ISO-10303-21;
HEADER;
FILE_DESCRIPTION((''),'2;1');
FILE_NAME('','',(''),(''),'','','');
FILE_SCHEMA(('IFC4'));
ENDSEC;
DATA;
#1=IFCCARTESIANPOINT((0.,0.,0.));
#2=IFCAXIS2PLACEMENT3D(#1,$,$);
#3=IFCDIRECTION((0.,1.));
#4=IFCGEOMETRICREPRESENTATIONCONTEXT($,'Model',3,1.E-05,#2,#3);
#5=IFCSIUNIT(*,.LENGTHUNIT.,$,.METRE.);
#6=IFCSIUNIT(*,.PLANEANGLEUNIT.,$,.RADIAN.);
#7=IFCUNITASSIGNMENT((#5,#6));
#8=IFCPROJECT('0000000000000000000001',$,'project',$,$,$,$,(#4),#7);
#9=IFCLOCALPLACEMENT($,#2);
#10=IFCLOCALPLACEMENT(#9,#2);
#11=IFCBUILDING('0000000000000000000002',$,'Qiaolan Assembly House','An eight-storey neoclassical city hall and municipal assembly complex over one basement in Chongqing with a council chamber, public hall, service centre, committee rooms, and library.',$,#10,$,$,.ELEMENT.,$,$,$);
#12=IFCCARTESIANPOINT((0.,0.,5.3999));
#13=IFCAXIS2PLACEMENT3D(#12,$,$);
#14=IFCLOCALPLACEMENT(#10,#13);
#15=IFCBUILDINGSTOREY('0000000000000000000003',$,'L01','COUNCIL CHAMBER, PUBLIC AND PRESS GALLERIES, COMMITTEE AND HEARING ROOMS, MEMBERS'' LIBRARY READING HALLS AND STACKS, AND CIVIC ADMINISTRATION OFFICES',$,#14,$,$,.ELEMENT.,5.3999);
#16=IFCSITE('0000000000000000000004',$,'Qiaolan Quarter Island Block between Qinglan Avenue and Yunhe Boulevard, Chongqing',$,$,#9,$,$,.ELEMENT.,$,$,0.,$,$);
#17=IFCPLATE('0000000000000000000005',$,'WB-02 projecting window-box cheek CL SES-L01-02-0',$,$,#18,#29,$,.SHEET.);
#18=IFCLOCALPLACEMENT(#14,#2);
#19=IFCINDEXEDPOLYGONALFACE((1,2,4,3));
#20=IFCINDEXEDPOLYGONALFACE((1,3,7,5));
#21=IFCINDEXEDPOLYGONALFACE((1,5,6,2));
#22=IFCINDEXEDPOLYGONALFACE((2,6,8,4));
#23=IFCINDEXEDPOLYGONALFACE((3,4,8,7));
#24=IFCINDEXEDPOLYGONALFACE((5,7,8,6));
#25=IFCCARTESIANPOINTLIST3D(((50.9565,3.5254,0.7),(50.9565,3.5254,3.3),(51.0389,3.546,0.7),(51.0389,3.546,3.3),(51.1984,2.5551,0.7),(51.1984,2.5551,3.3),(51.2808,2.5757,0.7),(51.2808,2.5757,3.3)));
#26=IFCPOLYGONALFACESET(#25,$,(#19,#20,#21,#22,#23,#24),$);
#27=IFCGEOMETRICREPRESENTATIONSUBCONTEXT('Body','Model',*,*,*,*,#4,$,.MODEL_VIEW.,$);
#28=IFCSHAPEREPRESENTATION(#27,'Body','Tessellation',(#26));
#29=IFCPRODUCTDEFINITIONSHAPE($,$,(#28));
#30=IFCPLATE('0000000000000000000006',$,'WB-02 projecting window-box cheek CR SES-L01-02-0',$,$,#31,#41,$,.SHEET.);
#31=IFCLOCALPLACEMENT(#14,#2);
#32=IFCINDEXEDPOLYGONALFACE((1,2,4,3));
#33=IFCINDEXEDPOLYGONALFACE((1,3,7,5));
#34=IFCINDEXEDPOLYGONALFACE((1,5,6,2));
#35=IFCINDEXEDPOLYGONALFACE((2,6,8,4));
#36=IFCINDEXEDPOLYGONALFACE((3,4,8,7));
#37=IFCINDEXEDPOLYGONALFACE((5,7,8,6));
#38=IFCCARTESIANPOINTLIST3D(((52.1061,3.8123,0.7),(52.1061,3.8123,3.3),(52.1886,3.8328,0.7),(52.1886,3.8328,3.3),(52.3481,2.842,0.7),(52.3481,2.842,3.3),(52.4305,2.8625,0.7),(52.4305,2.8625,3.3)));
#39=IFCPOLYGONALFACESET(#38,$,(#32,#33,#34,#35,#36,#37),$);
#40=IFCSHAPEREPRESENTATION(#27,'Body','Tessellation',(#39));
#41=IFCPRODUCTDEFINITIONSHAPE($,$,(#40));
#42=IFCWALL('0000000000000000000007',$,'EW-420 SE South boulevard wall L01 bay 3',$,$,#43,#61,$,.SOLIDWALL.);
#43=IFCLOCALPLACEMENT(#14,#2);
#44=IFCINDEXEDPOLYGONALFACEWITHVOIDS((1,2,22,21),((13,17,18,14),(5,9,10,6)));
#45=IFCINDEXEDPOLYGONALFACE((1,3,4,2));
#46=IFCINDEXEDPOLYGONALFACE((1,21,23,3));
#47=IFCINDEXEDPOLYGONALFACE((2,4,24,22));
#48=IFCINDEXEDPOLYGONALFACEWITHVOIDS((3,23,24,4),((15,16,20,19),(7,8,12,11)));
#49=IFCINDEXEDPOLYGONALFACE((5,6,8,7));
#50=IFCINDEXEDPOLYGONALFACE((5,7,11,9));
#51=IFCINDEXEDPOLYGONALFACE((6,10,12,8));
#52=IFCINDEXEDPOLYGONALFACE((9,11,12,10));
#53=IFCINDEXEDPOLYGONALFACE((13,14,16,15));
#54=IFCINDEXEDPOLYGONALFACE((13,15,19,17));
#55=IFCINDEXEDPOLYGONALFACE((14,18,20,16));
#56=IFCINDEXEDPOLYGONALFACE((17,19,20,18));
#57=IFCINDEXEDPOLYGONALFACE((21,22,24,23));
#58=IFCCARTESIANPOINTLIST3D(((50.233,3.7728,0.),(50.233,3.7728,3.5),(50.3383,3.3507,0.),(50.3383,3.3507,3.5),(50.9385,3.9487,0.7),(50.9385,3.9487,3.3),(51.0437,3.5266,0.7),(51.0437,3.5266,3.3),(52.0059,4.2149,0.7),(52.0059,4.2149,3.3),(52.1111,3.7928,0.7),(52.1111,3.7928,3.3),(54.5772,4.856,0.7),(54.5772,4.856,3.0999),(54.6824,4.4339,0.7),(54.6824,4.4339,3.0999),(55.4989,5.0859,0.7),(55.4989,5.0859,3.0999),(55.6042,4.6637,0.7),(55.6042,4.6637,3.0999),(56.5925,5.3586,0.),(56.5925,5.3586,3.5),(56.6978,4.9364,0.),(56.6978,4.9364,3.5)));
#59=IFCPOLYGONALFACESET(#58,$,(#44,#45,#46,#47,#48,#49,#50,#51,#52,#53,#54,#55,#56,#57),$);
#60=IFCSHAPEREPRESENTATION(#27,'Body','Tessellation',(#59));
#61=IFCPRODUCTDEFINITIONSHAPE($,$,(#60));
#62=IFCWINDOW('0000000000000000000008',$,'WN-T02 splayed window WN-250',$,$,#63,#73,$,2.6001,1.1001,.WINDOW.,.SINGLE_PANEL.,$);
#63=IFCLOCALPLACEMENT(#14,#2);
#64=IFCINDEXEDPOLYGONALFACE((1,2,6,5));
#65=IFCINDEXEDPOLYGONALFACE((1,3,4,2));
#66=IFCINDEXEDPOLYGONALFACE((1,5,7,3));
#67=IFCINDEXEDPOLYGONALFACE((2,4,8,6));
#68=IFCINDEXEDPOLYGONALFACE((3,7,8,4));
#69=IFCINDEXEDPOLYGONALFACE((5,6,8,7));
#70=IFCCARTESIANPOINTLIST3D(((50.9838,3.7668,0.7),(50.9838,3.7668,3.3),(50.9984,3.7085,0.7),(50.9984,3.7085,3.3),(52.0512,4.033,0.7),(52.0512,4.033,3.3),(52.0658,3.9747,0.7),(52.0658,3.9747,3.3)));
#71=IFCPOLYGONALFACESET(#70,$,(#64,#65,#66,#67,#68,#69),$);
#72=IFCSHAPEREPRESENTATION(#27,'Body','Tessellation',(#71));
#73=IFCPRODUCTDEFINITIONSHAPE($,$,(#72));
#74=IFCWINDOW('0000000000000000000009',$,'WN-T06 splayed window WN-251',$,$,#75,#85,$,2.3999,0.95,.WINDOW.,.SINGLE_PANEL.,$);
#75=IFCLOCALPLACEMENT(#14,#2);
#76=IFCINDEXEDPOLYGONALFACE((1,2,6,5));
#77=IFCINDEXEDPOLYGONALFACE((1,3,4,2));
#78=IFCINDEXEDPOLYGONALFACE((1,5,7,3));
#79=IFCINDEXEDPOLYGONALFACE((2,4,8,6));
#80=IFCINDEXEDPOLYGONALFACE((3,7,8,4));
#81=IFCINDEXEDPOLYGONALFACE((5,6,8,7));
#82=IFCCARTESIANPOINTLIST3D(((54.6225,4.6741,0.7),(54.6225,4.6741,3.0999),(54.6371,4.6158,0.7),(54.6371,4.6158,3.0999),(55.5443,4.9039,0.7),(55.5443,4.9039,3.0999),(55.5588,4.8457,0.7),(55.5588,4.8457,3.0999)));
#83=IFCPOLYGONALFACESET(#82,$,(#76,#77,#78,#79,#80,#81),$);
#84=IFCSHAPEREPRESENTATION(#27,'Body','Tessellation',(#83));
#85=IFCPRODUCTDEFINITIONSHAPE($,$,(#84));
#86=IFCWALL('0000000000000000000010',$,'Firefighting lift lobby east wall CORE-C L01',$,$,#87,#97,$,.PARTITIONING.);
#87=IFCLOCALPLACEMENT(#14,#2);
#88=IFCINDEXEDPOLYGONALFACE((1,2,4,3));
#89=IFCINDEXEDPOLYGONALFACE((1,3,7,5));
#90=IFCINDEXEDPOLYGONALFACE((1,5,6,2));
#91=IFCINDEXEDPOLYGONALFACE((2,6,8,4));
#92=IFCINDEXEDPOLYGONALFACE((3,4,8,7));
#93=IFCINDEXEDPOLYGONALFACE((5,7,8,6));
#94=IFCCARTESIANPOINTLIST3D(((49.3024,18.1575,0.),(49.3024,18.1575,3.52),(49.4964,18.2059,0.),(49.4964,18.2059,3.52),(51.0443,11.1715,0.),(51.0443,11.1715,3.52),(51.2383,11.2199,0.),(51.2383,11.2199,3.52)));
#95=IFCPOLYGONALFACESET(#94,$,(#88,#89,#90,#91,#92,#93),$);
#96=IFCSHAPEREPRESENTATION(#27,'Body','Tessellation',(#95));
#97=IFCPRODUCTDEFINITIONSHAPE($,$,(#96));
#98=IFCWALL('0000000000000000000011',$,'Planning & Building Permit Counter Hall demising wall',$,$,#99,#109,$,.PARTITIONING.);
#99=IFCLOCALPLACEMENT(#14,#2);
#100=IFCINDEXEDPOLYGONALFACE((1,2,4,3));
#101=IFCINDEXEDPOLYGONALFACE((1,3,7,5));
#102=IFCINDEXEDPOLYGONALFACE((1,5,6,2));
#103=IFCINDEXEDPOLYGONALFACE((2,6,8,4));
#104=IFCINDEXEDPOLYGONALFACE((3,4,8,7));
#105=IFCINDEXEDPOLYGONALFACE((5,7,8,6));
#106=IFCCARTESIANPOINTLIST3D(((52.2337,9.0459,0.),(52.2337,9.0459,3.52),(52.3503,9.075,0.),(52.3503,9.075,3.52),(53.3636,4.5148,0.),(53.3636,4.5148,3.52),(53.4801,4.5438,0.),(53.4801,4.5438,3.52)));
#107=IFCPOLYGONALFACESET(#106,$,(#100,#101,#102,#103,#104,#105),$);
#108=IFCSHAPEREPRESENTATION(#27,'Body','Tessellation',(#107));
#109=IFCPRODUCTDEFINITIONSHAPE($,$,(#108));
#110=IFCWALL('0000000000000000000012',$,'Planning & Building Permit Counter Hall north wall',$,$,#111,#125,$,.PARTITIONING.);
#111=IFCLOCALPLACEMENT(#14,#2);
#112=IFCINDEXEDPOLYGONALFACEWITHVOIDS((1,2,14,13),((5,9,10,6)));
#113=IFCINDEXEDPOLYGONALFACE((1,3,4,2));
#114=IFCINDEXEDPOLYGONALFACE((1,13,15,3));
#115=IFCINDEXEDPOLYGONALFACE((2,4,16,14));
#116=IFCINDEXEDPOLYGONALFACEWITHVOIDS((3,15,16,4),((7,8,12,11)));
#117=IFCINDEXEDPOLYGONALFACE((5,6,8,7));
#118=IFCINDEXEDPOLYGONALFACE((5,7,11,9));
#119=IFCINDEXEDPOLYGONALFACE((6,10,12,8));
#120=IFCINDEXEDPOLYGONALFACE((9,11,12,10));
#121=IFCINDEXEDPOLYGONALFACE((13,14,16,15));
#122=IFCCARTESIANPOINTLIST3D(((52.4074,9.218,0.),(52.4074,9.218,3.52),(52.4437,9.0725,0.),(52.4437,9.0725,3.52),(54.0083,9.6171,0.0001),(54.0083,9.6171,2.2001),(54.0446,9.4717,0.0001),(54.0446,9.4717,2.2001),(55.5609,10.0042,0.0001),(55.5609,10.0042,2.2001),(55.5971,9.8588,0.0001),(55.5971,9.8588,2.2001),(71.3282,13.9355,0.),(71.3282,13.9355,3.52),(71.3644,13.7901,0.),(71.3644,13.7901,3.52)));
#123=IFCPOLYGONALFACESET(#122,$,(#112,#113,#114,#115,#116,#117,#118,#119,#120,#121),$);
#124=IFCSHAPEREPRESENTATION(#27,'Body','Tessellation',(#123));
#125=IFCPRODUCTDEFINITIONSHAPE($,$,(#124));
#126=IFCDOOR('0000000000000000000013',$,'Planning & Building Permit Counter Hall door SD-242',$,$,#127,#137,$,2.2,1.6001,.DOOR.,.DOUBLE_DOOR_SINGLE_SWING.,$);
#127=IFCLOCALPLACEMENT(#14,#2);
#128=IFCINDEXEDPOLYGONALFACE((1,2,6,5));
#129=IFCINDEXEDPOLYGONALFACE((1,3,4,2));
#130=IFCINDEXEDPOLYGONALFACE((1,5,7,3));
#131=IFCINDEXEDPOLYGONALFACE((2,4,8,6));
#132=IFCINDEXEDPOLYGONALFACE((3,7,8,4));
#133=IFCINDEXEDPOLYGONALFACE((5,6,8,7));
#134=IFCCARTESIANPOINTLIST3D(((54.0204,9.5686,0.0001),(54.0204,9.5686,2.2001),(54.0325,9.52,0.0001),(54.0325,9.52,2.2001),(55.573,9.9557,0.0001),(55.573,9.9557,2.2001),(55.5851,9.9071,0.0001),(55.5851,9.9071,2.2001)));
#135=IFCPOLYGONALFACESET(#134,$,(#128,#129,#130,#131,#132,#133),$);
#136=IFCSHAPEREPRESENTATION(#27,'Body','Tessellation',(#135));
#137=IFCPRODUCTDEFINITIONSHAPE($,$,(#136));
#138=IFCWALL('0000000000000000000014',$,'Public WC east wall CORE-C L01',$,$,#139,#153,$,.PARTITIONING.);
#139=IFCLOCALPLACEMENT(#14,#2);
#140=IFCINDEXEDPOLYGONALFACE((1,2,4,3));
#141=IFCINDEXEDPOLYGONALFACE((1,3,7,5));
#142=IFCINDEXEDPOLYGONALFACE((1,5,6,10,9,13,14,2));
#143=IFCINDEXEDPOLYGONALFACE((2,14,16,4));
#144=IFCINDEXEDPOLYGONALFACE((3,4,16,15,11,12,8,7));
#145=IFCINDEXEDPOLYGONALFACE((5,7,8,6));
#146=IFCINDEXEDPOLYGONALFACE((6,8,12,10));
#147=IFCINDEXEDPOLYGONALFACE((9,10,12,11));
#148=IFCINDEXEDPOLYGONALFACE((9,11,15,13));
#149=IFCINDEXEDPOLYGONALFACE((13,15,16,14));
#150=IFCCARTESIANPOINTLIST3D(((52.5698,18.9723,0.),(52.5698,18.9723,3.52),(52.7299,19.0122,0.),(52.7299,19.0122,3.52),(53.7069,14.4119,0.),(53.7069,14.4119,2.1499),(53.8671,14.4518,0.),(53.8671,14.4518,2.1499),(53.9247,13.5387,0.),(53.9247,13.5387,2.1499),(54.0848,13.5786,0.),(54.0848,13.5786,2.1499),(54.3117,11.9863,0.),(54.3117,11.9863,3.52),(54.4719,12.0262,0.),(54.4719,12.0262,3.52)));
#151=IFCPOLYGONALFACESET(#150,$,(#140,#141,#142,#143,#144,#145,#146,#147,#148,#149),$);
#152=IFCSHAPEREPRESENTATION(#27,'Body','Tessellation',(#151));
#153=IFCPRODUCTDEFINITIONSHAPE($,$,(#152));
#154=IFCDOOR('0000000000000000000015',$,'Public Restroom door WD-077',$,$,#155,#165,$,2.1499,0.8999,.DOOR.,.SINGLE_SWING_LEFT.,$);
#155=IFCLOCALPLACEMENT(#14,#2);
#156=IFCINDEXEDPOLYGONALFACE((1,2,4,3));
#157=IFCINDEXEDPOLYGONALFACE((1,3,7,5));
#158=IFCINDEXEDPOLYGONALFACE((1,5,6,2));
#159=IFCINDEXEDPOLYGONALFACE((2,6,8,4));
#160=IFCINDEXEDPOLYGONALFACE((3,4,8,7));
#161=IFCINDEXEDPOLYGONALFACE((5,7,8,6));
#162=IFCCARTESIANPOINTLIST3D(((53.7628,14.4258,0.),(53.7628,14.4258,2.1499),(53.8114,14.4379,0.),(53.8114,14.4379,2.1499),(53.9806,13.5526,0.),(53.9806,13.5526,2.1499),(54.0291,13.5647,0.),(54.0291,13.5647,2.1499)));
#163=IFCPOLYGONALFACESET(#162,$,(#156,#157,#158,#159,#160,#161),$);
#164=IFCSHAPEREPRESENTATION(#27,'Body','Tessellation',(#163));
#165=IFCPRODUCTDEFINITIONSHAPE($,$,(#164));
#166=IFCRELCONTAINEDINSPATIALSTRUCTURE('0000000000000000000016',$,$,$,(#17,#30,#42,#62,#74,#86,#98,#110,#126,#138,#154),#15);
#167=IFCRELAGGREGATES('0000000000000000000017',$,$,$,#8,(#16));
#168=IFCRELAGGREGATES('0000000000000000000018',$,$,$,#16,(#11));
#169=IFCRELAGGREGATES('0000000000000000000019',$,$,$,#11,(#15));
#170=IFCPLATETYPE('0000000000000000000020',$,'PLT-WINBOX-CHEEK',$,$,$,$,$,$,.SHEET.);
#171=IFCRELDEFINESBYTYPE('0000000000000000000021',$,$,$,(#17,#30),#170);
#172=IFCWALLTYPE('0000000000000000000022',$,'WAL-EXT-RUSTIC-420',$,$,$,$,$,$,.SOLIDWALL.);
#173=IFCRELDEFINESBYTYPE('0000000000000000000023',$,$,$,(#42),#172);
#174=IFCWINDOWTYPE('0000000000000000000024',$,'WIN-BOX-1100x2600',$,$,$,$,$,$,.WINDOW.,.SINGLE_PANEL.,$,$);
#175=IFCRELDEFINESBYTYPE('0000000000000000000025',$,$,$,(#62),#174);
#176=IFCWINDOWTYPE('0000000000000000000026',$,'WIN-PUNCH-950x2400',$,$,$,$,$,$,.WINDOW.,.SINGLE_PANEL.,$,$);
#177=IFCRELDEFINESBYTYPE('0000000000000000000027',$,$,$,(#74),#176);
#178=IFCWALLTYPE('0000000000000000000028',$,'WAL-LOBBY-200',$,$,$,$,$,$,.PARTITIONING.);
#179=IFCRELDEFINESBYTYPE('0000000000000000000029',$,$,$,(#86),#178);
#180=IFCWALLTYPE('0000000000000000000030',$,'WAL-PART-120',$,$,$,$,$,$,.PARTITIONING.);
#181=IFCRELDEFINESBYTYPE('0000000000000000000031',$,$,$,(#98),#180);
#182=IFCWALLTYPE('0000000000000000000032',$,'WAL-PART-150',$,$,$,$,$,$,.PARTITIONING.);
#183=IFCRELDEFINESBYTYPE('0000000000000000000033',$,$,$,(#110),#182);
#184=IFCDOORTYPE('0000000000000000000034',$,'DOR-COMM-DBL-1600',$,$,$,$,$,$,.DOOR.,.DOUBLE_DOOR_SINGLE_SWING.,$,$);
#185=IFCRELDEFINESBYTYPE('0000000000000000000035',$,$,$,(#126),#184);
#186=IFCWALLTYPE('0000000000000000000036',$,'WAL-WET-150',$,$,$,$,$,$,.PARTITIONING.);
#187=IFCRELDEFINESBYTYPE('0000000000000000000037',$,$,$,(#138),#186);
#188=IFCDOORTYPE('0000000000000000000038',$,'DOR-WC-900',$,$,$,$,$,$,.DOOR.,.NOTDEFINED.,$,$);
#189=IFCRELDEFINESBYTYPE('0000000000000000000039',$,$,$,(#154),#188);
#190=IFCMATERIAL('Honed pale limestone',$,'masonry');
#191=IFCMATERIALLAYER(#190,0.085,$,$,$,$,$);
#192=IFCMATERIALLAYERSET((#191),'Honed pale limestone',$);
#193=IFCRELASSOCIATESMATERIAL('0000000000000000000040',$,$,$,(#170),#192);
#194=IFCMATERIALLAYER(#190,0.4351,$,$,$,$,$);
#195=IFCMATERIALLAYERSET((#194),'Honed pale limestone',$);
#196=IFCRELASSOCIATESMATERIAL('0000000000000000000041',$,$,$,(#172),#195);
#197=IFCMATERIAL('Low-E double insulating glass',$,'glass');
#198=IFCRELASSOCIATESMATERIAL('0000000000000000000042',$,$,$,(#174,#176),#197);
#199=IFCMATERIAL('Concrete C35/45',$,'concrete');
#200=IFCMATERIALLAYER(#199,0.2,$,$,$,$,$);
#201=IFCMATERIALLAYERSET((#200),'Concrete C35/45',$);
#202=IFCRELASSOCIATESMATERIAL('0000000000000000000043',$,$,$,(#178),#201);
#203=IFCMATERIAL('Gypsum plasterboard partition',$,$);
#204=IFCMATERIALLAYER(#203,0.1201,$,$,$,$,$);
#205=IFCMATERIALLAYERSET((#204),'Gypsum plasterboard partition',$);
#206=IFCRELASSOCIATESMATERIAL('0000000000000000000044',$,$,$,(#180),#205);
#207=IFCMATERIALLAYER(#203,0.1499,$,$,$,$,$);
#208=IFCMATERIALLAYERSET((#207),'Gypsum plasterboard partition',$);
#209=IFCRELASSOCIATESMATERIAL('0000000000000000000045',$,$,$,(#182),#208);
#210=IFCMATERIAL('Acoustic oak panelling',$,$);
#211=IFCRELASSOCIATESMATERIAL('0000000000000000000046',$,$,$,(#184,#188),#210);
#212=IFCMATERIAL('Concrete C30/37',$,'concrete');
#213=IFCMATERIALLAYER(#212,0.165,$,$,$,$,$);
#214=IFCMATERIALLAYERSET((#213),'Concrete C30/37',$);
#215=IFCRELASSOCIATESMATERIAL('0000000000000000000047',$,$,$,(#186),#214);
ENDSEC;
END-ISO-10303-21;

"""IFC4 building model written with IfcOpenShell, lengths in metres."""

from ifc_helpers import new_model, si_unit, direction, frame, frame_2d, origin, origin_2d, place, context, subcontext, project, spatial, rectangle, extrude, material, layer, layer_set, type_object, element, fill, save


model = new_model("IFC4")

# Units and contexts
model_context = context("Model", 3, precision=1e-05, world=origin(), true_north=direction((0.0, 1.0)))
body_context = subcontext(model_context, "Body", "Model", "MODEL_VIEW")
ifc_project = project(units=[si_unit("LENGTHUNIT", "METRE"), si_unit("PLANEANGLEUNIT", "RADIAN")], contexts=[model_context])

# Site, building, storey
site_placement = place(None, origin())
site = spatial("IfcSite", under=ifc_project, at=site_placement, Name="Qiaolan Quarter Island Block between Qinglan Avenue and Yunhe Boulevard, Chongqing", CompositionType="ELEMENT", RefElevation=0.0)
building_placement = place(site_placement, origin())
building = spatial("IfcBuilding", under=site, at=building_placement, Name="Qiaolan Assembly House", Description="An eight-storey neoclassical city hall and municipal assembly complex over one basement in Chongqing with a council chamber, public hall, service centre, committee rooms, and library.", CompositionType="ELEMENT")
storey_placement = place(building_placement, frame((0.0, 0.0, 5.3999)))
storey = spatial("IfcBuildingStorey", under=building, at=storey_placement, Name="L01", Description="COUNCIL CHAMBER, PUBLIC AND PRESS GALLERIES, COMMITTEE AND HEARING ROOMS, MEMBERS' LIBRARY READING HALLS AND STACKS, AND CIVIC ADMINISTRATION OFFICES", CompositionType="ELEMENT", Elevation=5.3999)

# Plates
ifc_material_1 = material(Name="Honed pale limestone", Category="masonry")
ifc_layer_1 = layer(ifc_material_1, 0.085)
ifc_layer_set_1 = layer_set([ifc_layer_1], Name="Honed pale limestone")
plate_type = type_object("IfcPlateType", Name="PLT-WINBOX-CHEEK", PredefinedType="SHEET", material=ifc_layer_set_1)
for number, where, z_axis, x_axis, name in (
    (1, (51.1187, 3.0505, 0.7), (0.0, 0.0, 1.0), (0.970296, 0.241922, 0.0), "WB-02 projecting window-box cheek CL SES-L01-02-0"),
    (2, (52.2683, 3.3374, 0.7), (0.0, 0.0, 1.0), (0.970296, 0.241922, 0.0), "WB-02 projecting window-box cheek CR SES-L01-02-0"),
):
    element("IfcPlate", number, at=place(storey_placement, frame(where, z_axis=z_axis, x_axis=x_axis)), inside=storey, type_object=plate_type, Name=name, PredefinedType="SHEET", context=body_context, shape_type="SweptSolid", body=[
        extrude(rectangle(XDim=0.085, YDim=1.0, at=origin_2d()), origin(), (0.0, 0.0, 1.0), 2.6001),
    ])

# Wall, openings, windows
ifc_layer_2 = layer(ifc_material_1, 0.4351)
ifc_layer_set_2 = layer_set([ifc_layer_2], Name="Honed pale limestone")
wall_type_1 = type_object("IfcWallType", Name="WAL-EXT-RUSTIC-420", PredefinedType="SOLIDWALL", material=ifc_layer_set_2)
wall_1_placement = place(storey_placement, frame((50.2856, 3.5618, 0.0), z_axis=(0.0, 0.0, 1.0), x_axis=(0.970291, 0.24194, 0.0)))
wall_1 = element("IfcWall", 3, at=wall_1_placement, inside=storey, type_object=wall_type_1, Name="EW-420 SE South boulevard wall L01 bay 3", PredefinedType="SOLIDWALL", context=body_context, shape_type="SweptSolid", body=[
    extrude(rectangle(XDim=6.5542, YDim=0.4351, at=frame_2d((3.2771, 0.0))), origin(), (0.0, 0.0, 1.0), 3.5),
])
opening_1_placement = place(wall_1_placement, frame((0.7271, 0.0, 0.7)))
opening_1 = element("IfcOpeningElement", 4, at=opening_1_placement, cuts=wall_1, PredefinedType="OPENING", context=body_context, shape_type="SweptSolid", body=[
    extrude(rectangle(XDim=1.1001, YDim=2.6001, at=frame_2d((0.55, 1.3))), frame((0.0, 0.2275, 0.0), z_axis=(0.0, -1.0, 0.0), x_axis=(1.0, 0.0, 0.0)), (0.0, 0.0, 1.0), 0.4551),
])
opening_2_placement = place(wall_1_placement, frame((4.4771, 0.0, 0.7)))
opening_2 = element("IfcOpeningElement", 5, at=opening_2_placement, cuts=wall_1, PredefinedType="OPENING", context=body_context, shape_type="SweptSolid", body=[
    extrude(rectangle(XDim=0.95, YDim=2.3999, at=frame_2d((0.4751, 1.2))), frame((0.0, 0.2275, 0.0), z_axis=(0.0, -1.0, 0.0), x_axis=(1.0, 0.0, 0.0)), (0.0, 0.0, 1.0), 0.4551),
])
ifc_material_2 = material(Name="Low-E double insulating glass", Category="glass")
window_type_1 = type_object("IfcWindowType", Name="WIN-BOX-1100x2600", PartitioningType="SINGLE_PANEL", PredefinedType="WINDOW", material=ifc_material_2)
window_1_placement = place(opening_1_placement, origin())
window_1 = element("IfcWindow", 6, at=window_1_placement, inside=storey, type_object=window_type_1, Name="WN-T02 splayed window WN-250", OverallHeight=2.6001, OverallWidth=1.1001, PartitioningType="SINGLE_PANEL", PredefinedType="WINDOW", context=body_context, shape_type="SweptSolid", body=[
    extrude(rectangle(XDim=1.1001, YDim=2.6001, at=frame_2d((0.55, 1.3))), frame((0.0, 0.03, 0.0), z_axis=(0.0, -1.0, 0.0), x_axis=(1.0, 0.0, 0.0)), (0.0, 0.0, 1.0), 0.0601),
])
fill(opening_1, window_1)
window_type_2 = type_object("IfcWindowType", Name="WIN-PUNCH-950x2400", PartitioningType="SINGLE_PANEL", PredefinedType="WINDOW", material=ifc_material_2)
window_2_placement = place(opening_2_placement, origin())
window_2 = element("IfcWindow", 7, at=window_2_placement, inside=storey, type_object=window_type_2, Name="WN-T06 splayed window WN-251", OverallHeight=2.3999, OverallWidth=0.95, PartitioningType="SINGLE_PANEL", PredefinedType="WINDOW", context=body_context, shape_type="SweptSolid", body=[
    extrude(rectangle(XDim=0.95, YDim=2.3999, at=frame_2d((0.4751, 1.2))), frame((0.0, 0.03, 0.0), z_axis=(0.0, -1.0, 0.0), x_axis=(1.0, 0.0, 0.0)), (0.0, 0.0, 1.0), 0.0601),
])
fill(opening_2, window_2)

# Walls
ifc_material_3 = material(Name="Concrete C35/45", Category="concrete")
ifc_layer_3 = layer(ifc_material_3, 0.2)
ifc_layer_set_3 = layer_set([ifc_layer_3], Name="Concrete C35/45")
wall_type_2 = type_object("IfcWallType", Name="WAL-LOBBY-200", PredefinedType="PARTITIONING", material=ifc_layer_set_3)
wall_2_placement = place(storey_placement, frame((51.1414, 11.1956, 0.0), z_axis=(0.0, 0.0, 1.0), x_axis=(-0.241937, 0.970292, 0.0)))
element("IfcWall", 8, at=wall_2_placement, inside=storey, type_object=wall_type_2, Name="Firefighting lift lobby east wall CORE-C L01", PredefinedType="PARTITIONING", context=body_context, shape_type="SweptSolid", body=[
    extrude(rectangle(XDim=7.2, YDim=0.2, at=frame_2d((3.6001, 0.0))), origin(), (0.0, 0.0, 1.0), 3.52),
])
ifc_material_4 = material(Name="Gypsum plasterboard partition")
ifc_layer_4 = layer(ifc_material_4, 0.1201)
ifc_layer_set_4 = layer_set([ifc_layer_4], Name="Gypsum plasterboard partition")
wall_type_3 = type_object("IfcWallType", Name="WAL-PART-120", PredefinedType="PARTITIONING", material=ifc_layer_set_4)
wall_3_placement = place(storey_placement, frame((53.4219, 4.5293, 0.0), z_axis=(0.0, 0.0, 1.0), x_axis=(-0.241945, 0.97029, 0.0)))
element("IfcWall", 9, at=wall_3_placement, inside=storey, type_object=wall_type_3, Name="Planning & Building Permit Counter Hall demising wall", PredefinedType="PARTITIONING", context=body_context, shape_type="SweptSolid", body=[
    extrude(rectangle(XDim=4.6699, YDim=0.1201, at=frame_2d((2.335, 0.0))), origin(), (0.0, 0.0, 1.0), 3.52),
])

# Walls, openings, doors
ifc_layer_5 = layer(ifc_material_4, 0.1499)
ifc_layer_set_5 = layer_set([ifc_layer_5], Name="Gypsum plasterboard partition")
wall_type_4 = type_object("IfcWallType", Name="WAL-PART-150", PredefinedType="PARTITIONING", material=ifc_layer_set_5)
wall_4_placement = place(storey_placement, frame((52.4255, 9.1453, 0.0), z_axis=(0.0, 0.0, 1.0), x_axis=(0.970295, 0.241926, 0.0)))
wall_4 = element("IfcWall", 10, at=wall_4_placement, inside=storey, type_object=wall_type_4, Name="Planning & Building Permit Counter Hall north wall", PredefinedType="PARTITIONING", context=body_context, shape_type="SweptSolid", body=[
    extrude(rectangle(XDim=19.5, YDim=0.1499, at=frame_2d((9.75, 0.0))), origin(), (0.0, 0.0, 1.0), 3.52),
])
opening_3_placement = place(wall_4_placement, frame((1.6499, 0.0, 0.0)))
opening_3 = element("IfcOpeningElement", 11, at=opening_3_placement, cuts=wall_4, PredefinedType="OPENING", context=body_context, shape_type="SweptSolid", body=[
    extrude(rectangle(XDim=1.6001, YDim=2.2, at=frame_2d((0.8, 1.1001))), frame((0.0, 0.085, 0.0), z_axis=(0.0, -1.0, 0.0), x_axis=(1.0, 0.0, 0.0)), (0.0, 0.0, 1.0), 0.1699),
])
ifc_material_5 = material(Name="Acoustic oak panelling")
door_type_1 = type_object("IfcDoorType", Name="DOR-COMM-DBL-1600", OperationType="DOUBLE_DOOR_SINGLE_SWING", PredefinedType="DOOR", material=ifc_material_5)
door_1_placement = place(opening_3_placement, origin())
door_1 = element("IfcDoor", 12, at=door_1_placement, inside=storey, type_object=door_type_1, Name="Planning & Building Permit Counter Hall door SD-242", OperationType="DOUBLE_DOOR_SINGLE_SWING", OverallHeight=2.2, OverallWidth=1.6001, PredefinedType="DOOR", context=body_context, shape_type="SweptSolid", body=[
    extrude(rectangle(XDim=1.6001, YDim=2.2, at=frame_2d((0.8, 1.1001))), frame((0.0, 0.0249, 0.0), z_axis=(0.0, -1.0, 0.0), x_axis=(1.0, 0.0, 0.0)), (0.0, 0.0, 1.0), 0.05),
])
fill(opening_3, door_1)
ifc_material_6 = material(Name="Concrete C30/37", Category="concrete")
ifc_layer_6 = layer(ifc_material_6, 0.165)
ifc_layer_set_6 = layer_set([ifc_layer_6], Name="Concrete C30/37")
wall_type_5 = type_object("IfcWallType", Name="WAL-WET-150", PredefinedType="PARTITIONING", material=ifc_layer_set_6)
wall_5_placement = place(storey_placement, frame((54.3918, 12.0061, 0.0), z_axis=(0.0, 0.0, 1.0), x_axis=(-0.241937, 0.970292, 0.0)))
wall_5 = element("IfcWall", 13, at=wall_5_placement, inside=storey, type_object=wall_type_5, Name="Public WC east wall CORE-C L01", PredefinedType="PARTITIONING", context=body_context, shape_type="SweptSolid", body=[
    extrude(rectangle(XDim=7.2, YDim=0.165, at=frame_2d((3.6001, 0.0))), origin(), (0.0, 0.0, 1.0), 3.52),
])
opening_4_placement = place(wall_5_placement, frame((1.6001, 0.0, 0.0)))
opening_4 = element("IfcOpeningElement", 14, at=opening_4_placement, cuts=wall_5, PredefinedType="OPENING", context=body_context, shape_type="SweptSolid", body=[
    extrude(rectangle(XDim=0.8999, YDim=2.1499, at=frame_2d((0.45, 1.075))), frame((0.0, 0.0925, 0.0), z_axis=(0.0, -1.0, 0.0), x_axis=(1.0, 0.0, 0.0)), (0.0, 0.0, 1.0), 0.1851),
])
door_type_2 = type_object("IfcDoorType", Name="DOR-WC-900", OperationType="NOTDEFINED", PredefinedType="DOOR", material=ifc_material_5)
door_2_placement = place(opening_4_placement, origin())
door_2 = element("IfcDoor", 15, at=door_2_placement, inside=storey, type_object=door_type_2, Name="Public Restroom door WD-077", OperationType="SINGLE_SWING_LEFT", OverallHeight=2.1499, OverallWidth=0.8999, PredefinedType="DOOR", context=body_context, shape_type="SweptSolid", body=[
    extrude(rectangle(XDim=0.8999, YDim=2.1499, at=frame_2d((0.45, 1.075))), frame((0.0, 0.0249, 0.0), z_axis=(0.0, -1.0, 0.0), x_axis=(1.0, 0.0, 0.0)), (0.0, 0.0, 1.0), 0.05),
])
fill(opening_4, door_2)

save(model, "model.ifc")
